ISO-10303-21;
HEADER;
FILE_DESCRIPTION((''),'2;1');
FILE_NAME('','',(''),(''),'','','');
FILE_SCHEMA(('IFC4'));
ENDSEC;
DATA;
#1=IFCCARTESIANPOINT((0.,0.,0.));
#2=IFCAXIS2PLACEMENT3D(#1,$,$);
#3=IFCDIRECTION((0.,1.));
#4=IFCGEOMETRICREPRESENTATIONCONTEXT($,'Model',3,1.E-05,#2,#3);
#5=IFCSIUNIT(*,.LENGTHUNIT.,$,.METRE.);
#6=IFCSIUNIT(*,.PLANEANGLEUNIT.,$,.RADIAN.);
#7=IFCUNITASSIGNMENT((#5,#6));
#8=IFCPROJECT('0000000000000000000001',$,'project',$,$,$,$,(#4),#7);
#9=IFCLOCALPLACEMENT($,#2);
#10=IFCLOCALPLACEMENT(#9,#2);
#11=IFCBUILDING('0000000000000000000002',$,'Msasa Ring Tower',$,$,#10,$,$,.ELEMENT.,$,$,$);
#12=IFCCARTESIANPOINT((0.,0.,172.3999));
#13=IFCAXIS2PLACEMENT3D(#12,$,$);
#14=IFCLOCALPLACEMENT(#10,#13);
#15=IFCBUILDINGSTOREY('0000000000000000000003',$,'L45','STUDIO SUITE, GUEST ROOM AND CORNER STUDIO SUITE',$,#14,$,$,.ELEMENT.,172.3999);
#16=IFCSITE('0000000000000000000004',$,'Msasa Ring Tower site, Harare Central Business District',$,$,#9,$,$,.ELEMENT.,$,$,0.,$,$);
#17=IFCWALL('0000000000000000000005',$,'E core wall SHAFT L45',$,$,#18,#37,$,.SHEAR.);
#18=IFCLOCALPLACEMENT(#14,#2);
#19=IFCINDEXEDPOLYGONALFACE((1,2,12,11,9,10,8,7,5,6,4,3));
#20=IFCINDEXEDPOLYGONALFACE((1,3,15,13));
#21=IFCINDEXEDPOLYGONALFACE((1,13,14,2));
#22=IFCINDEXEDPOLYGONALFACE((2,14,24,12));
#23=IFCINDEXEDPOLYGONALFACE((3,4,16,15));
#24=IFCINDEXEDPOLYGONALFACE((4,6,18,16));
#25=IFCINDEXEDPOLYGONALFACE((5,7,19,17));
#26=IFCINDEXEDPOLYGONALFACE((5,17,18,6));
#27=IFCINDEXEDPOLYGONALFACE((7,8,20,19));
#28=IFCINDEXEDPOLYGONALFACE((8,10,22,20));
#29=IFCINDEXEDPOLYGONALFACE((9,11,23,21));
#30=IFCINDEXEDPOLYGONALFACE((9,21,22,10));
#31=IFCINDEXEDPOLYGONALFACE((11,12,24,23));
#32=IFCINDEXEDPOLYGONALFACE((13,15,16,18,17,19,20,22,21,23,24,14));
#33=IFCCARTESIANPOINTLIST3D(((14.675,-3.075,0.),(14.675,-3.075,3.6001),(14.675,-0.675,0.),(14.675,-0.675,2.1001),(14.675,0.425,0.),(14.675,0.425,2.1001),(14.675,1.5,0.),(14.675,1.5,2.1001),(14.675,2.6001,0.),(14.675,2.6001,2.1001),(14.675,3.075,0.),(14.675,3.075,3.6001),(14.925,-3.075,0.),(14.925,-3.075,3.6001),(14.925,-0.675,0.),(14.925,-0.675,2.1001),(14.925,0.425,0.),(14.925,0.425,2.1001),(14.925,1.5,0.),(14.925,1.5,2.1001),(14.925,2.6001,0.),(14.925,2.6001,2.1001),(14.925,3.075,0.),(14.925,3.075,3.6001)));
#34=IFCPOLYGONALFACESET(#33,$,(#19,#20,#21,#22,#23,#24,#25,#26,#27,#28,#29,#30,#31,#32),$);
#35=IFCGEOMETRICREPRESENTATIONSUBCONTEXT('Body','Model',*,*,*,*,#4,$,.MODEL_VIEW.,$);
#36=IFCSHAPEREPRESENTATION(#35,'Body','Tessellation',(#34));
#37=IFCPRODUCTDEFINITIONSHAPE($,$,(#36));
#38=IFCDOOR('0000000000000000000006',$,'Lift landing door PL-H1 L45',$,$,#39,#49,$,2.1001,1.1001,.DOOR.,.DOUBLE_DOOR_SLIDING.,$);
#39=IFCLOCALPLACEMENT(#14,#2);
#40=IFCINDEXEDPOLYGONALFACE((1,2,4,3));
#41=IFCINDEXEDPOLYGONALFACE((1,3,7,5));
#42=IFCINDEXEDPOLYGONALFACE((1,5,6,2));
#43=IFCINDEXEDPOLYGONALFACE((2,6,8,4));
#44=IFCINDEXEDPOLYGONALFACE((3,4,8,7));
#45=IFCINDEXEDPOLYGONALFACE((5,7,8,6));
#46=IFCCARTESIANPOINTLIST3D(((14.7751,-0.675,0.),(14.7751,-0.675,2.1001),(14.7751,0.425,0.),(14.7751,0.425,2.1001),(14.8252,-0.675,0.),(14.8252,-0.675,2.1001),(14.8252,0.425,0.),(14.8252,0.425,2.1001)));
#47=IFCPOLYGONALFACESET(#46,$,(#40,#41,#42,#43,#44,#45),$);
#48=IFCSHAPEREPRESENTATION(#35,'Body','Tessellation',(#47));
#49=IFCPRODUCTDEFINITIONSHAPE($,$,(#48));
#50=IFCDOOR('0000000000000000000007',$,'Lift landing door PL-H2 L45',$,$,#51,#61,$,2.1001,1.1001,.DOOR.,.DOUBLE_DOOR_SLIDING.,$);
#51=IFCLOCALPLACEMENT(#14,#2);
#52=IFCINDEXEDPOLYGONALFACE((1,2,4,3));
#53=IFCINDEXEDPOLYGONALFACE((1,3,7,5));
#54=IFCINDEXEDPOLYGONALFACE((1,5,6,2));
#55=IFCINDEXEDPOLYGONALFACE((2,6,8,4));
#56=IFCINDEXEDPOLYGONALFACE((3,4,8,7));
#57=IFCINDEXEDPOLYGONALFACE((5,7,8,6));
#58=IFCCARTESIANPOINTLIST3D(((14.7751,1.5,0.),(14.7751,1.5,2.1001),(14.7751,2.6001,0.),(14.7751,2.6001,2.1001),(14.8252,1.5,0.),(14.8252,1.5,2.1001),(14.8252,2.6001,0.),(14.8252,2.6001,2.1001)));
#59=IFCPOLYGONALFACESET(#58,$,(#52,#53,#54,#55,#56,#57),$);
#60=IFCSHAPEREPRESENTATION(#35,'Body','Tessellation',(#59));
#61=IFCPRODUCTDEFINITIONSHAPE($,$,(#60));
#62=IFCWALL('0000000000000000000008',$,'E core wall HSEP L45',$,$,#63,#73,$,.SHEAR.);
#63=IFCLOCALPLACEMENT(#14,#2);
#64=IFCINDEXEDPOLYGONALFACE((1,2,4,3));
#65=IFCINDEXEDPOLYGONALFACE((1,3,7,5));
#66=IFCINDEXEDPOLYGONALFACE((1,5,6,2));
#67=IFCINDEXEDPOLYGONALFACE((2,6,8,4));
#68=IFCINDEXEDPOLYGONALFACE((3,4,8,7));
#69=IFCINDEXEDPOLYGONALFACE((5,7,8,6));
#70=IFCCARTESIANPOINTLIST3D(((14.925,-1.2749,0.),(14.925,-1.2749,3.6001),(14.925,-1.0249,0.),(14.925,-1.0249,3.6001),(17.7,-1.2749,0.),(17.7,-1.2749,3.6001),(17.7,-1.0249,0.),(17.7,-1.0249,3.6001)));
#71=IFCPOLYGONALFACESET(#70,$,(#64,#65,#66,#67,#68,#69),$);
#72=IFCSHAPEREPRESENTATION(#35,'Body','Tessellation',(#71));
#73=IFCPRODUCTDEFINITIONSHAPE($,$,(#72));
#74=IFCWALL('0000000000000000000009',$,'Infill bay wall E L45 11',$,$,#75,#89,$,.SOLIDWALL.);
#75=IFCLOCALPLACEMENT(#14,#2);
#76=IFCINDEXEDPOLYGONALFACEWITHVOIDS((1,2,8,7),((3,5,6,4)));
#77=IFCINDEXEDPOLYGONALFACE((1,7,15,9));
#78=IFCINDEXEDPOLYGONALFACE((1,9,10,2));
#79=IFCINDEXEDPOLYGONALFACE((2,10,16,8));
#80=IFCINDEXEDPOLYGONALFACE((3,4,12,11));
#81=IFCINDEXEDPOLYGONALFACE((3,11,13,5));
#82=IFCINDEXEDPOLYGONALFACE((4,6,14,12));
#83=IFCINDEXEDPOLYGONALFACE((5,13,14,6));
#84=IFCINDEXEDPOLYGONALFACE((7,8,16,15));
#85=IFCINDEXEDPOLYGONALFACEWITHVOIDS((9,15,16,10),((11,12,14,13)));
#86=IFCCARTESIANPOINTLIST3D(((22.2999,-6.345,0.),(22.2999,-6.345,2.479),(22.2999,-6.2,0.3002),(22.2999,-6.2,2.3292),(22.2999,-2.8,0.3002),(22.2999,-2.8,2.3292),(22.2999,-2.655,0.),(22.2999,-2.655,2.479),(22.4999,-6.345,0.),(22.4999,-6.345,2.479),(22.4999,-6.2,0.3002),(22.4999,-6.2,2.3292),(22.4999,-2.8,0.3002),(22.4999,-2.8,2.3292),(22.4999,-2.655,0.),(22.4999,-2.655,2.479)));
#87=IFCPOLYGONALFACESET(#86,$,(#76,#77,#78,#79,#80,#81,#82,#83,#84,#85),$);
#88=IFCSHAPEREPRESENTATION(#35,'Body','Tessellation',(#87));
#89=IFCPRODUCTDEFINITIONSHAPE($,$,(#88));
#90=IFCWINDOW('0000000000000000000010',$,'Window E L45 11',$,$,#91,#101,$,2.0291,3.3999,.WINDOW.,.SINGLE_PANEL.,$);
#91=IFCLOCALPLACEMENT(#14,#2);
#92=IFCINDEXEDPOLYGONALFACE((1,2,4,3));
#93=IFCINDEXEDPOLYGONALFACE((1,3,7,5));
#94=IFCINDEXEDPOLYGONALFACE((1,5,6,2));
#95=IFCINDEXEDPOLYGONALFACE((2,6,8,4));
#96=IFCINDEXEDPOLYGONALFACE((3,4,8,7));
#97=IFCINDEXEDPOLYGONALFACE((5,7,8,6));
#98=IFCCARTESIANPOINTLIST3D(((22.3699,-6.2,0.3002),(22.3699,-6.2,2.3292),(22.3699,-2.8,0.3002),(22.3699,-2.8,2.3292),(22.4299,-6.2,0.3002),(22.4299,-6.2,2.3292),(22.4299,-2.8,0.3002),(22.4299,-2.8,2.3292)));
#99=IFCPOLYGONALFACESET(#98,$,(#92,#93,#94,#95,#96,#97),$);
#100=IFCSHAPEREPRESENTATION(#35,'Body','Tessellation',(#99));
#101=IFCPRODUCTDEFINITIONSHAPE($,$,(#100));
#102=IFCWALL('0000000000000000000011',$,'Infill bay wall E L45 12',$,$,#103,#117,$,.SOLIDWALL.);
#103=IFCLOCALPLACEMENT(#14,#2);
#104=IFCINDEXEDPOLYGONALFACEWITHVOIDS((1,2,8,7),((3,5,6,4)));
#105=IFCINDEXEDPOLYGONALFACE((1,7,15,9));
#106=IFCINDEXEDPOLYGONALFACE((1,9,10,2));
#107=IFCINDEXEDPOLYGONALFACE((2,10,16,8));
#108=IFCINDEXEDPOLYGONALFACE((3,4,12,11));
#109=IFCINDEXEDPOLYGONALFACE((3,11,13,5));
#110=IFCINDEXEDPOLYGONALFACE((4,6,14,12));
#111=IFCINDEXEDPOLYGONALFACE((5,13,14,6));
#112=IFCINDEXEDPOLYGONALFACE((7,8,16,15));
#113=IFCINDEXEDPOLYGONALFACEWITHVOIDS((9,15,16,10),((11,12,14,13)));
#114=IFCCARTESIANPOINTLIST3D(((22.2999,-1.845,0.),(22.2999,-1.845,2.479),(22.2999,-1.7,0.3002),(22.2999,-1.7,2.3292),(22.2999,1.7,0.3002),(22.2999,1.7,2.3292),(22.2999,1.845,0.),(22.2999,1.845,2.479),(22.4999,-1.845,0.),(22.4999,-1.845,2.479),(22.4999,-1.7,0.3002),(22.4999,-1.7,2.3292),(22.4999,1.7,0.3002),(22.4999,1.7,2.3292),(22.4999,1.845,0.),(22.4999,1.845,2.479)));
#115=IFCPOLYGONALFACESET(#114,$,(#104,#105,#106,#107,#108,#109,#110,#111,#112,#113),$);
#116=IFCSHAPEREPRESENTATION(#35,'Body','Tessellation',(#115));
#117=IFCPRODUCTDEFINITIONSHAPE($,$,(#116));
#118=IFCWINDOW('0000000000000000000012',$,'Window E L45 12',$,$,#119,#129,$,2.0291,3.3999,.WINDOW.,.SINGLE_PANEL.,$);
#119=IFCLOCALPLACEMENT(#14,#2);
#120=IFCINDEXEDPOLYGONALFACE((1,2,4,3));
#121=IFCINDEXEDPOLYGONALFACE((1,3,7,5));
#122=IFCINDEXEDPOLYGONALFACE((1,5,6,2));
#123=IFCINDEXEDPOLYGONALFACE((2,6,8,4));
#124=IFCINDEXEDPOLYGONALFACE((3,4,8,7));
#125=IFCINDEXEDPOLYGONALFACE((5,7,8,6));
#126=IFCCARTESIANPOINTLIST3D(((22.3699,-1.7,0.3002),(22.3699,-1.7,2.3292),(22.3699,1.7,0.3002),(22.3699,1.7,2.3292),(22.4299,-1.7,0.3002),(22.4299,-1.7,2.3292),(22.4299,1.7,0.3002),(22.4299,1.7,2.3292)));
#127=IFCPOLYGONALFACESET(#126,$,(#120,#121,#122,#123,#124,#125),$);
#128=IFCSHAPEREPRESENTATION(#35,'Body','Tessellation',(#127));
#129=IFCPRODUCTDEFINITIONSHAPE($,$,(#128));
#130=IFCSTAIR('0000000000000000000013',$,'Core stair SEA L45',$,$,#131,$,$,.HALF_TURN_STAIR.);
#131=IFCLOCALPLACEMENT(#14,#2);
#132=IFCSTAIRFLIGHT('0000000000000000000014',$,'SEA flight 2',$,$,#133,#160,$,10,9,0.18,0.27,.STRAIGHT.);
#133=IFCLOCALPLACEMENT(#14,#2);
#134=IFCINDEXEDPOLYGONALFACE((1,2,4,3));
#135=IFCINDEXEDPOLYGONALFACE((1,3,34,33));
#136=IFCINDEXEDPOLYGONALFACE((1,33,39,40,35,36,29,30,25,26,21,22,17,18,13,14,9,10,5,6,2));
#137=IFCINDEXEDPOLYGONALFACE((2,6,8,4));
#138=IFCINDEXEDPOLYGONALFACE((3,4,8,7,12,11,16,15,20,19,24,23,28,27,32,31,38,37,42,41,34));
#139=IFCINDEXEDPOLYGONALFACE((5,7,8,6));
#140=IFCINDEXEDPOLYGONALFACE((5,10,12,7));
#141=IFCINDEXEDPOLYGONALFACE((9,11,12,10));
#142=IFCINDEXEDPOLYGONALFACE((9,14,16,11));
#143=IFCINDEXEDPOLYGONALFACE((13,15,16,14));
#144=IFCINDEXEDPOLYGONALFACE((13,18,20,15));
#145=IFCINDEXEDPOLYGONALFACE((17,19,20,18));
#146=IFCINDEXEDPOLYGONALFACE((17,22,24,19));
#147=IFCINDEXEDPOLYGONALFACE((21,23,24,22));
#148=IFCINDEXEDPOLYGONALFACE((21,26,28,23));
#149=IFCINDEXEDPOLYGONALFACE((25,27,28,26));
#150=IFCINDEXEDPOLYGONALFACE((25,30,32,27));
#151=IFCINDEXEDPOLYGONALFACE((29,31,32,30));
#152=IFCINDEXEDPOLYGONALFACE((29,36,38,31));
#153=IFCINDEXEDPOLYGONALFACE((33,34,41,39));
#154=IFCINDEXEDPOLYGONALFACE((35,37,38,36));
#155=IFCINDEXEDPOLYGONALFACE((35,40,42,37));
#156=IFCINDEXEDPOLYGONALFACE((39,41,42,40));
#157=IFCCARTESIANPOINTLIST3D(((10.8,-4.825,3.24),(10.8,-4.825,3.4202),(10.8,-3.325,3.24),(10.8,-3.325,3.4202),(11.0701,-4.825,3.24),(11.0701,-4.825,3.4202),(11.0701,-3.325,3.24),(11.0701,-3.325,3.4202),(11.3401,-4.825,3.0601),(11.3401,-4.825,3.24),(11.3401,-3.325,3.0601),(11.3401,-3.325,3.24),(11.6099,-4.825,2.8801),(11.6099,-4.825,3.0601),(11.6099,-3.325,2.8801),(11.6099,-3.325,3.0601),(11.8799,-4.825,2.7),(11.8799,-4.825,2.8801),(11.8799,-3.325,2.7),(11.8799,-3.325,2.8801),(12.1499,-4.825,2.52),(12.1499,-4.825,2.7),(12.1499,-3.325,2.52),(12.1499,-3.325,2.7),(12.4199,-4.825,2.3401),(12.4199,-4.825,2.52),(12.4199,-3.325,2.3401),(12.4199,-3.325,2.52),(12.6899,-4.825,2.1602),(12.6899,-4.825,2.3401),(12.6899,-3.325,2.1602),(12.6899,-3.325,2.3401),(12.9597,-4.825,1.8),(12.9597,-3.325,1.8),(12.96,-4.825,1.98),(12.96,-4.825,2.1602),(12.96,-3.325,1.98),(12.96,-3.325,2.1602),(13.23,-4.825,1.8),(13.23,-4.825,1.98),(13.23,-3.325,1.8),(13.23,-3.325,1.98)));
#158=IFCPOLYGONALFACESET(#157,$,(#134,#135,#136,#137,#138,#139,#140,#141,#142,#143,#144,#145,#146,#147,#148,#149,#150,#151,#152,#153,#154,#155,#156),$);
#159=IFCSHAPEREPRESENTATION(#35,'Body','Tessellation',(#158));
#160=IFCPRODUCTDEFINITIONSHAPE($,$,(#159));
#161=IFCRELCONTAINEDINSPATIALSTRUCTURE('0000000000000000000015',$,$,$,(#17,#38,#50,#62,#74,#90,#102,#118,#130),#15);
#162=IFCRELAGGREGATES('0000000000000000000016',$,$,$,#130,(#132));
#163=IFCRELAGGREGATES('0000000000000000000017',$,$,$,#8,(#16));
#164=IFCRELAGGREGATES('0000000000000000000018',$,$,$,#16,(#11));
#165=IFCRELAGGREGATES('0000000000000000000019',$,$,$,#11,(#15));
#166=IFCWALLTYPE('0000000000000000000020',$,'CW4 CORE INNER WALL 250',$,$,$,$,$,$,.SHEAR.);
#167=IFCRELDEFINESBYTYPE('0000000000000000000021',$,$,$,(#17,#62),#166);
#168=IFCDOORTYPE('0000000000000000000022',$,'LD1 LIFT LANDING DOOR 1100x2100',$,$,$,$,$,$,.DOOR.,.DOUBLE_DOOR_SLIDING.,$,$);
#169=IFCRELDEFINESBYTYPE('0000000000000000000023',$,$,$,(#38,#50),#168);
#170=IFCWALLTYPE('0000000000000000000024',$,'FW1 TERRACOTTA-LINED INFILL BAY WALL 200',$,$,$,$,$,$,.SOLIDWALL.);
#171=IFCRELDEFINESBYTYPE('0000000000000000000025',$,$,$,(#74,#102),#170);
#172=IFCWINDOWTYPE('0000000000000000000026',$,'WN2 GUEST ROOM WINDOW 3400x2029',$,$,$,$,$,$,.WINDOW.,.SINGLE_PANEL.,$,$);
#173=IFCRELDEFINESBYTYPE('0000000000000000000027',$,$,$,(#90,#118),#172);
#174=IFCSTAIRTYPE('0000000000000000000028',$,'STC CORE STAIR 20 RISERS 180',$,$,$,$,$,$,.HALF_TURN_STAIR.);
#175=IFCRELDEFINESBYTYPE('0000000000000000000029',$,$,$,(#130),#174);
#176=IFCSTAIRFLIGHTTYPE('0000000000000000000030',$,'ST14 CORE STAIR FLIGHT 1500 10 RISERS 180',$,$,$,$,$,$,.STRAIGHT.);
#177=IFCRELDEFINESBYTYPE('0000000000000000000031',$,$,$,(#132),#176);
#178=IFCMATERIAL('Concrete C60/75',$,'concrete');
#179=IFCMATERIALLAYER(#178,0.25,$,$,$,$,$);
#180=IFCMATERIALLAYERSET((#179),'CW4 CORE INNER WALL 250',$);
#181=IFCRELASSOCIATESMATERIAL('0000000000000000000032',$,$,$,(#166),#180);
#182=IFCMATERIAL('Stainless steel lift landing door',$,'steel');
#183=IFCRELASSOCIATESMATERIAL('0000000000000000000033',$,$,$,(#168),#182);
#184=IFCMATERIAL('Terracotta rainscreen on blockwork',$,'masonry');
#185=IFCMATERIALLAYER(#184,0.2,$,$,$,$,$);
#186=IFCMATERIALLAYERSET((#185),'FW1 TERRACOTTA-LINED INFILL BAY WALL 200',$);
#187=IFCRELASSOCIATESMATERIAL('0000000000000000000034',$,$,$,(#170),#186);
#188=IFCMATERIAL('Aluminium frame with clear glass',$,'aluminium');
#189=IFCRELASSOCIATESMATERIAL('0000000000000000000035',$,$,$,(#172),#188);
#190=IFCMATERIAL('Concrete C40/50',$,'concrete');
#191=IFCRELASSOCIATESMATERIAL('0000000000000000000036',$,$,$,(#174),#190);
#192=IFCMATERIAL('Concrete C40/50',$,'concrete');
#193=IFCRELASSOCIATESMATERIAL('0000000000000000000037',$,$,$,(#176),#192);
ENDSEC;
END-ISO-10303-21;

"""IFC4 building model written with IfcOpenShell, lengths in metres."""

from ifc_helpers import new_model, si_unit, direction, frame, frame_2d, origin, place, context, subcontext, project, spatial, polyline, rectangle, outline, extrude, material, layer, layer_set, type_object, element, fill, aggregate, save


model = new_model("IFC4")

# Units and contexts
model_context = context("Model", 3, precision=1e-05, world=origin(), true_north=direction((0.0, 1.0)))
body_context = subcontext(model_context, "Body", "Model", "MODEL_VIEW")
ifc_project = project(units=[si_unit("LENGTHUNIT", "METRE"), si_unit("PLANEANGLEUNIT", "RADIAN")], contexts=[model_context])

# Site, building, storey
site_placement = place(None, origin())
site = spatial("IfcSite", under=ifc_project, at=site_placement, Name="Msasa Ring Tower site, Harare Central Business District", CompositionType="ELEMENT", RefElevation=0.0)
building_placement = place(site_placement, origin())
building = spatial("IfcBuilding", under=site, at=building_placement, Name="Msasa Ring Tower", CompositionType="ELEMENT")
storey_placement = place(building_placement, frame((0.0, 0.0, 172.3999)))
storey = spatial("IfcBuildingStorey", under=building, at=storey_placement, Name="L45", Description="STUDIO SUITE, GUEST ROOM AND CORNER STUDIO SUITE", CompositionType="ELEMENT", Elevation=172.3999)

# Shared definitions
ifc_material_1 = material(Name="Concrete C60/75", Category="concrete")
ifc_layer_1 = layer(ifc_material_1, 0.25)
ifc_layer_set_1 = layer_set([ifc_layer_1], Name="CW4 CORE INNER WALL 250")
wall_type_1 = type_object("IfcWallType", Name="CW4 CORE INNER WALL 250", PredefinedType="SHEAR", material=ifc_layer_set_1)

# Wall, openings, doors
wall_1_placement = place(storey_placement, frame((14.8, -3.075, 0.0), z_axis=(0.0, 0.0, 1.0), x_axis=(0.0, 1.0, 0.0)))
wall_1 = element("IfcWall", 1, at=wall_1_placement, inside=storey, type_object=wall_type_1, Name="E core wall SHAFT L45", PredefinedType="SHEAR", context=body_context, shape_type="SweptSolid", body=[
    extrude(rectangle(XDim=6.1499, YDim=0.25, at=frame_2d((3.075, 0.0))), origin(), (0.0, 0.0, 1.0), 3.6001),
])
opening_1_placement = place(wall_1_placement, frame((2.3999, 0.0, 0.0)))
opening_1 = element("IfcOpeningElement", 2, at=opening_1_placement, cuts=wall_1, PredefinedType="OPENING", context=body_context, shape_type="SweptSolid", body=[
    extrude(rectangle(XDim=1.1001, YDim=2.1001, at=frame_2d((0.55, 1.05))), frame((0.0, 0.135, 0.0), z_axis=(0.0, -1.0, 0.0), x_axis=(1.0, 0.0, 0.0)), (0.0, 0.0, 1.0), 0.27),
])
opening_2_placement = place(wall_1_placement, frame((4.575, 0.0, 0.0)))
opening_2 = element("IfcOpeningElement", 3, at=opening_2_placement, cuts=wall_1, PredefinedType="OPENING", context=body_context, shape_type="SweptSolid", body=[
    extrude(rectangle(XDim=1.1001, YDim=2.1001, at=frame_2d((0.55, 1.05))), frame((0.0, 0.135, 0.0), z_axis=(0.0, -1.0, 0.0), x_axis=(1.0, 0.0, 0.0)), (0.0, 0.0, 1.0), 0.27),
])
ifc_material_2 = material(Name="Stainless steel lift landing door", Category="steel")
door_type = type_object("IfcDoorType", Name="LD1 LIFT LANDING DOOR 1100x2100", OperationType="DOUBLE_DOOR_SLIDING", PredefinedType="DOOR", material=ifc_material_2)
door_1_placement = place(opening_1_placement, origin())
door_1 = element("IfcDoor", 4, at=door_1_placement, inside=storey, type_object=door_type, Name="Lift landing door PL-H1 L45", OperationType="DOUBLE_DOOR_SLIDING", OverallHeight=2.1001, OverallWidth=1.1001, PredefinedType="DOOR", context=body_context, shape_type="SweptSolid", body=[
    extrude(rectangle(XDim=1.1001, YDim=2.1001, at=frame_2d((0.55, 1.05))), frame((0.0, 0.0249, 0.0), z_axis=(0.0, -1.0, 0.0), x_axis=(1.0, 0.0, 0.0)), (0.0, 0.0, 1.0), 0.05),
])
fill(opening_1, door_1)
door_2_placement = place(opening_2_placement, origin())
door_2 = element("IfcDoor", 5, at=door_2_placement, inside=storey, type_object=door_type, Name="Lift landing door PL-H2 L45", OperationType="DOUBLE_DOOR_SLIDING", OverallHeight=2.1001, OverallWidth=1.1001, PredefinedType="DOOR", context=body_context, shape_type="SweptSolid", body=[
    extrude(rectangle(XDim=1.1001, YDim=2.1001, at=frame_2d((0.55, 1.05))), frame((0.0, 0.0249, 0.0), z_axis=(0.0, -1.0, 0.0), x_axis=(1.0, 0.0, 0.0)), (0.0, 0.0, 1.0), 0.05),
])
fill(opening_2, door_2)

# Wall
wall_2_placement = place(storey_placement, frame((14.925, -1.1499, 0.0), z_axis=(0.0, 0.0, 1.0), x_axis=(1.0, 0.0, 0.0)))
element("IfcWall", 6, at=wall_2_placement, inside=storey, type_object=wall_type_1, Name="E core wall HSEP L45", PredefinedType="SHEAR", context=body_context, shape_type="SweptSolid", body=[
    extrude(rectangle(XDim=2.7749, YDim=0.25, at=frame_2d((1.3875, 0.0))), origin(), (0.0, 0.0, 1.0), 3.6001),
])

# Walls, openings, windows
ifc_material_3 = material(Name="Terracotta rainscreen on blockwork", Category="masonry")
ifc_layer_2 = layer(ifc_material_3, 0.2)
ifc_layer_set_2 = layer_set([ifc_layer_2], Name="FW1 TERRACOTTA-LINED INFILL BAY WALL 200")
wall_type_2 = type_object("IfcWallType", Name="FW1 TERRACOTTA-LINED INFILL BAY WALL 200", PredefinedType="SOLIDWALL", material=ifc_layer_set_2)
wall_3_placement = place(storey_placement, frame((22.3999, -6.345, 0.0), z_axis=(0.0, 0.0, 1.0), x_axis=(0.0, 1.0, 0.0)))
wall_3 = element("IfcWall", 7, at=wall_3_placement, inside=storey, type_object=wall_type_2, Name="Infill bay wall E L45 11", PredefinedType="SOLIDWALL", context=body_context, shape_type="SweptSolid", body=[
    extrude(rectangle(XDim=3.6899, YDim=0.2, at=frame_2d((1.845, 0.0))), origin(), (0.0, 0.0, 1.0), 2.479),
])
opening_3_placement = place(wall_3_placement, frame((0.145, 0.0, 0.3)))
opening_3 = element("IfcOpeningElement", 8, at=opening_3_placement, cuts=wall_3, PredefinedType="OPENING", context=body_context, shape_type="SweptSolid", body=[
    extrude(rectangle(XDim=3.3999, YDim=2.0291, at=frame_2d((1.7, 1.0146))), frame((0.0, 0.1099, 0.0), z_axis=(0.0, -1.0, 0.0), x_axis=(1.0, 0.0, 0.0)), (0.0, 0.0, 1.0), 0.22),
])
ifc_material_4 = material(Name="Aluminium frame with clear glass", Category="aluminium")
window_type = type_object("IfcWindowType", Name="WN2 GUEST ROOM WINDOW 3400x2029", PartitioningType="SINGLE_PANEL", PredefinedType="WINDOW", material=ifc_material_4)
window_1_placement = place(opening_3_placement, origin())
window_1 = element("IfcWindow", 9, at=window_1_placement, inside=storey, type_object=window_type, Name="Window E L45 11", OverallHeight=2.0291, OverallWidth=3.3999, PartitioningType="SINGLE_PANEL", PredefinedType="WINDOW", context=body_context, shape_type="SweptSolid", body=[
    extrude(rectangle(XDim=3.3999, YDim=2.0291, at=frame_2d((1.7, 1.0146))), frame((0.0, 0.03, 0.0), z_axis=(0.0, -1.0, 0.0), x_axis=(1.0, 0.0, 0.0)), (0.0, 0.0, 1.0), 0.0601),
])
fill(opening_3, window_1)
wall_4_placement = place(storey_placement, frame((22.3999, -1.845, 0.0), z_axis=(0.0, 0.0, 1.0), x_axis=(0.0, 1.0, 0.0)))
wall_4 = element("IfcWall", 10, at=wall_4_placement, inside=storey, type_object=wall_type_2, Name="Infill bay wall E L45 12", PredefinedType="SOLIDWALL", context=body_context, shape_type="SweptSolid", body=[
    extrude(rectangle(XDim=3.6899, YDim=0.2, at=frame_2d((1.845, 0.0))), origin(), (0.0, 0.0, 1.0), 2.479),
])
opening_4_placement = place(wall_4_placement, frame((0.145, 0.0, 0.3)))
opening_4 = element("IfcOpeningElement", 11, at=opening_4_placement, cuts=wall_4, PredefinedType="OPENING", context=body_context, shape_type="SweptSolid", body=[
    extrude(rectangle(XDim=3.3999, YDim=2.0291, at=frame_2d((1.7, 1.0146))), frame((0.0, 0.1099, 0.0), z_axis=(0.0, -1.0, 0.0), x_axis=(1.0, 0.0, 0.0)), (0.0, 0.0, 1.0), 0.22),
])
window_2_placement = place(opening_4_placement, origin())
window_2 = element("IfcWindow", 12, at=window_2_placement, inside=storey, type_object=window_type, Name="Window E L45 12", OverallHeight=2.0291, OverallWidth=3.3999, PartitioningType="SINGLE_PANEL", PredefinedType="WINDOW", context=body_context, shape_type="SweptSolid", body=[
    extrude(rectangle(XDim=3.3999, YDim=2.0291, at=frame_2d((1.7, 1.0146))), frame((0.0, 0.03, 0.0), z_axis=(0.0, -1.0, 0.0), x_axis=(1.0, 0.0, 0.0)), (0.0, 0.0, 1.0), 0.0601),
])
fill(opening_4, window_2)

# Stair, stair flight
ifc_material_5 = material(Name="Concrete C40/50", Category="concrete")
stair_type = type_object("IfcStairType", Name="STC CORE STAIR 20 RISERS 180", PredefinedType="HALF_TURN_STAIR", material=ifc_material_5)
stair_placement = place(storey_placement, origin())
stair = element("IfcStair", 13, at=stair_placement, inside=storey, type_object=stair_type, Name="Core stair SEA L45", PredefinedType="HALF_TURN_STAIR")
ifc_material_6 = material(Name="Concrete C40/50", Category="concrete")
stair_flight_type = type_object("IfcStairFlightType", Name="ST14 CORE STAIR FLIGHT 1500 10 RISERS 180", PredefinedType="STRAIGHT", material=ifc_material_6)
stair_flight_placement = place(storey_placement, frame((13.23, -4.075, 1.8), z_axis=(0.0, 0.0, 1.0), x_axis=(-1.0, 0.0, 0.0)))
stair_flight = element("IfcStairFlight", 14, at=stair_flight_placement, type_object=stair_flight_type, Name="SEA flight 2", NumberOfRisers=10, NumberOfTreads=9, PredefinedType="STRAIGHT", RiserHeight=0.18, TreadLength=0.27, context=body_context, shape_type="SweptSolid", body=[
    extrude(outline(polyline([(0.0, 0.0), (0.0, 0.1799), (0.27, 0.1799), (0.27, 0.3601), (0.54, 0.3601), (0.54, 0.54), (0.8101, 0.54), (0.8101, 0.72), (1.0801, 0.72), (1.0801, 0.8999), (1.3501, 0.8999), (1.3501, 1.0801), (1.6201, 1.0801), (1.6201, 1.26), (1.8899, 1.26), (1.8899, 1.4399), (2.1599, 1.4399), (2.1599, 1.6201), (2.4299, 1.6201), (2.4299, 1.8), (2.4299, 1.4399), (0.2703, 0.0), (0.0, 0.0)])), frame((0.0, 0.75, 0.0), z_axis=(0.0, -1.0, 0.0), x_axis=(1.0, 0.0, 0.0)), (0.0, 0.0, 1.0), 1.5),
])
aggregate(stair, [stair_flight])

save(model, "model.ifc")
